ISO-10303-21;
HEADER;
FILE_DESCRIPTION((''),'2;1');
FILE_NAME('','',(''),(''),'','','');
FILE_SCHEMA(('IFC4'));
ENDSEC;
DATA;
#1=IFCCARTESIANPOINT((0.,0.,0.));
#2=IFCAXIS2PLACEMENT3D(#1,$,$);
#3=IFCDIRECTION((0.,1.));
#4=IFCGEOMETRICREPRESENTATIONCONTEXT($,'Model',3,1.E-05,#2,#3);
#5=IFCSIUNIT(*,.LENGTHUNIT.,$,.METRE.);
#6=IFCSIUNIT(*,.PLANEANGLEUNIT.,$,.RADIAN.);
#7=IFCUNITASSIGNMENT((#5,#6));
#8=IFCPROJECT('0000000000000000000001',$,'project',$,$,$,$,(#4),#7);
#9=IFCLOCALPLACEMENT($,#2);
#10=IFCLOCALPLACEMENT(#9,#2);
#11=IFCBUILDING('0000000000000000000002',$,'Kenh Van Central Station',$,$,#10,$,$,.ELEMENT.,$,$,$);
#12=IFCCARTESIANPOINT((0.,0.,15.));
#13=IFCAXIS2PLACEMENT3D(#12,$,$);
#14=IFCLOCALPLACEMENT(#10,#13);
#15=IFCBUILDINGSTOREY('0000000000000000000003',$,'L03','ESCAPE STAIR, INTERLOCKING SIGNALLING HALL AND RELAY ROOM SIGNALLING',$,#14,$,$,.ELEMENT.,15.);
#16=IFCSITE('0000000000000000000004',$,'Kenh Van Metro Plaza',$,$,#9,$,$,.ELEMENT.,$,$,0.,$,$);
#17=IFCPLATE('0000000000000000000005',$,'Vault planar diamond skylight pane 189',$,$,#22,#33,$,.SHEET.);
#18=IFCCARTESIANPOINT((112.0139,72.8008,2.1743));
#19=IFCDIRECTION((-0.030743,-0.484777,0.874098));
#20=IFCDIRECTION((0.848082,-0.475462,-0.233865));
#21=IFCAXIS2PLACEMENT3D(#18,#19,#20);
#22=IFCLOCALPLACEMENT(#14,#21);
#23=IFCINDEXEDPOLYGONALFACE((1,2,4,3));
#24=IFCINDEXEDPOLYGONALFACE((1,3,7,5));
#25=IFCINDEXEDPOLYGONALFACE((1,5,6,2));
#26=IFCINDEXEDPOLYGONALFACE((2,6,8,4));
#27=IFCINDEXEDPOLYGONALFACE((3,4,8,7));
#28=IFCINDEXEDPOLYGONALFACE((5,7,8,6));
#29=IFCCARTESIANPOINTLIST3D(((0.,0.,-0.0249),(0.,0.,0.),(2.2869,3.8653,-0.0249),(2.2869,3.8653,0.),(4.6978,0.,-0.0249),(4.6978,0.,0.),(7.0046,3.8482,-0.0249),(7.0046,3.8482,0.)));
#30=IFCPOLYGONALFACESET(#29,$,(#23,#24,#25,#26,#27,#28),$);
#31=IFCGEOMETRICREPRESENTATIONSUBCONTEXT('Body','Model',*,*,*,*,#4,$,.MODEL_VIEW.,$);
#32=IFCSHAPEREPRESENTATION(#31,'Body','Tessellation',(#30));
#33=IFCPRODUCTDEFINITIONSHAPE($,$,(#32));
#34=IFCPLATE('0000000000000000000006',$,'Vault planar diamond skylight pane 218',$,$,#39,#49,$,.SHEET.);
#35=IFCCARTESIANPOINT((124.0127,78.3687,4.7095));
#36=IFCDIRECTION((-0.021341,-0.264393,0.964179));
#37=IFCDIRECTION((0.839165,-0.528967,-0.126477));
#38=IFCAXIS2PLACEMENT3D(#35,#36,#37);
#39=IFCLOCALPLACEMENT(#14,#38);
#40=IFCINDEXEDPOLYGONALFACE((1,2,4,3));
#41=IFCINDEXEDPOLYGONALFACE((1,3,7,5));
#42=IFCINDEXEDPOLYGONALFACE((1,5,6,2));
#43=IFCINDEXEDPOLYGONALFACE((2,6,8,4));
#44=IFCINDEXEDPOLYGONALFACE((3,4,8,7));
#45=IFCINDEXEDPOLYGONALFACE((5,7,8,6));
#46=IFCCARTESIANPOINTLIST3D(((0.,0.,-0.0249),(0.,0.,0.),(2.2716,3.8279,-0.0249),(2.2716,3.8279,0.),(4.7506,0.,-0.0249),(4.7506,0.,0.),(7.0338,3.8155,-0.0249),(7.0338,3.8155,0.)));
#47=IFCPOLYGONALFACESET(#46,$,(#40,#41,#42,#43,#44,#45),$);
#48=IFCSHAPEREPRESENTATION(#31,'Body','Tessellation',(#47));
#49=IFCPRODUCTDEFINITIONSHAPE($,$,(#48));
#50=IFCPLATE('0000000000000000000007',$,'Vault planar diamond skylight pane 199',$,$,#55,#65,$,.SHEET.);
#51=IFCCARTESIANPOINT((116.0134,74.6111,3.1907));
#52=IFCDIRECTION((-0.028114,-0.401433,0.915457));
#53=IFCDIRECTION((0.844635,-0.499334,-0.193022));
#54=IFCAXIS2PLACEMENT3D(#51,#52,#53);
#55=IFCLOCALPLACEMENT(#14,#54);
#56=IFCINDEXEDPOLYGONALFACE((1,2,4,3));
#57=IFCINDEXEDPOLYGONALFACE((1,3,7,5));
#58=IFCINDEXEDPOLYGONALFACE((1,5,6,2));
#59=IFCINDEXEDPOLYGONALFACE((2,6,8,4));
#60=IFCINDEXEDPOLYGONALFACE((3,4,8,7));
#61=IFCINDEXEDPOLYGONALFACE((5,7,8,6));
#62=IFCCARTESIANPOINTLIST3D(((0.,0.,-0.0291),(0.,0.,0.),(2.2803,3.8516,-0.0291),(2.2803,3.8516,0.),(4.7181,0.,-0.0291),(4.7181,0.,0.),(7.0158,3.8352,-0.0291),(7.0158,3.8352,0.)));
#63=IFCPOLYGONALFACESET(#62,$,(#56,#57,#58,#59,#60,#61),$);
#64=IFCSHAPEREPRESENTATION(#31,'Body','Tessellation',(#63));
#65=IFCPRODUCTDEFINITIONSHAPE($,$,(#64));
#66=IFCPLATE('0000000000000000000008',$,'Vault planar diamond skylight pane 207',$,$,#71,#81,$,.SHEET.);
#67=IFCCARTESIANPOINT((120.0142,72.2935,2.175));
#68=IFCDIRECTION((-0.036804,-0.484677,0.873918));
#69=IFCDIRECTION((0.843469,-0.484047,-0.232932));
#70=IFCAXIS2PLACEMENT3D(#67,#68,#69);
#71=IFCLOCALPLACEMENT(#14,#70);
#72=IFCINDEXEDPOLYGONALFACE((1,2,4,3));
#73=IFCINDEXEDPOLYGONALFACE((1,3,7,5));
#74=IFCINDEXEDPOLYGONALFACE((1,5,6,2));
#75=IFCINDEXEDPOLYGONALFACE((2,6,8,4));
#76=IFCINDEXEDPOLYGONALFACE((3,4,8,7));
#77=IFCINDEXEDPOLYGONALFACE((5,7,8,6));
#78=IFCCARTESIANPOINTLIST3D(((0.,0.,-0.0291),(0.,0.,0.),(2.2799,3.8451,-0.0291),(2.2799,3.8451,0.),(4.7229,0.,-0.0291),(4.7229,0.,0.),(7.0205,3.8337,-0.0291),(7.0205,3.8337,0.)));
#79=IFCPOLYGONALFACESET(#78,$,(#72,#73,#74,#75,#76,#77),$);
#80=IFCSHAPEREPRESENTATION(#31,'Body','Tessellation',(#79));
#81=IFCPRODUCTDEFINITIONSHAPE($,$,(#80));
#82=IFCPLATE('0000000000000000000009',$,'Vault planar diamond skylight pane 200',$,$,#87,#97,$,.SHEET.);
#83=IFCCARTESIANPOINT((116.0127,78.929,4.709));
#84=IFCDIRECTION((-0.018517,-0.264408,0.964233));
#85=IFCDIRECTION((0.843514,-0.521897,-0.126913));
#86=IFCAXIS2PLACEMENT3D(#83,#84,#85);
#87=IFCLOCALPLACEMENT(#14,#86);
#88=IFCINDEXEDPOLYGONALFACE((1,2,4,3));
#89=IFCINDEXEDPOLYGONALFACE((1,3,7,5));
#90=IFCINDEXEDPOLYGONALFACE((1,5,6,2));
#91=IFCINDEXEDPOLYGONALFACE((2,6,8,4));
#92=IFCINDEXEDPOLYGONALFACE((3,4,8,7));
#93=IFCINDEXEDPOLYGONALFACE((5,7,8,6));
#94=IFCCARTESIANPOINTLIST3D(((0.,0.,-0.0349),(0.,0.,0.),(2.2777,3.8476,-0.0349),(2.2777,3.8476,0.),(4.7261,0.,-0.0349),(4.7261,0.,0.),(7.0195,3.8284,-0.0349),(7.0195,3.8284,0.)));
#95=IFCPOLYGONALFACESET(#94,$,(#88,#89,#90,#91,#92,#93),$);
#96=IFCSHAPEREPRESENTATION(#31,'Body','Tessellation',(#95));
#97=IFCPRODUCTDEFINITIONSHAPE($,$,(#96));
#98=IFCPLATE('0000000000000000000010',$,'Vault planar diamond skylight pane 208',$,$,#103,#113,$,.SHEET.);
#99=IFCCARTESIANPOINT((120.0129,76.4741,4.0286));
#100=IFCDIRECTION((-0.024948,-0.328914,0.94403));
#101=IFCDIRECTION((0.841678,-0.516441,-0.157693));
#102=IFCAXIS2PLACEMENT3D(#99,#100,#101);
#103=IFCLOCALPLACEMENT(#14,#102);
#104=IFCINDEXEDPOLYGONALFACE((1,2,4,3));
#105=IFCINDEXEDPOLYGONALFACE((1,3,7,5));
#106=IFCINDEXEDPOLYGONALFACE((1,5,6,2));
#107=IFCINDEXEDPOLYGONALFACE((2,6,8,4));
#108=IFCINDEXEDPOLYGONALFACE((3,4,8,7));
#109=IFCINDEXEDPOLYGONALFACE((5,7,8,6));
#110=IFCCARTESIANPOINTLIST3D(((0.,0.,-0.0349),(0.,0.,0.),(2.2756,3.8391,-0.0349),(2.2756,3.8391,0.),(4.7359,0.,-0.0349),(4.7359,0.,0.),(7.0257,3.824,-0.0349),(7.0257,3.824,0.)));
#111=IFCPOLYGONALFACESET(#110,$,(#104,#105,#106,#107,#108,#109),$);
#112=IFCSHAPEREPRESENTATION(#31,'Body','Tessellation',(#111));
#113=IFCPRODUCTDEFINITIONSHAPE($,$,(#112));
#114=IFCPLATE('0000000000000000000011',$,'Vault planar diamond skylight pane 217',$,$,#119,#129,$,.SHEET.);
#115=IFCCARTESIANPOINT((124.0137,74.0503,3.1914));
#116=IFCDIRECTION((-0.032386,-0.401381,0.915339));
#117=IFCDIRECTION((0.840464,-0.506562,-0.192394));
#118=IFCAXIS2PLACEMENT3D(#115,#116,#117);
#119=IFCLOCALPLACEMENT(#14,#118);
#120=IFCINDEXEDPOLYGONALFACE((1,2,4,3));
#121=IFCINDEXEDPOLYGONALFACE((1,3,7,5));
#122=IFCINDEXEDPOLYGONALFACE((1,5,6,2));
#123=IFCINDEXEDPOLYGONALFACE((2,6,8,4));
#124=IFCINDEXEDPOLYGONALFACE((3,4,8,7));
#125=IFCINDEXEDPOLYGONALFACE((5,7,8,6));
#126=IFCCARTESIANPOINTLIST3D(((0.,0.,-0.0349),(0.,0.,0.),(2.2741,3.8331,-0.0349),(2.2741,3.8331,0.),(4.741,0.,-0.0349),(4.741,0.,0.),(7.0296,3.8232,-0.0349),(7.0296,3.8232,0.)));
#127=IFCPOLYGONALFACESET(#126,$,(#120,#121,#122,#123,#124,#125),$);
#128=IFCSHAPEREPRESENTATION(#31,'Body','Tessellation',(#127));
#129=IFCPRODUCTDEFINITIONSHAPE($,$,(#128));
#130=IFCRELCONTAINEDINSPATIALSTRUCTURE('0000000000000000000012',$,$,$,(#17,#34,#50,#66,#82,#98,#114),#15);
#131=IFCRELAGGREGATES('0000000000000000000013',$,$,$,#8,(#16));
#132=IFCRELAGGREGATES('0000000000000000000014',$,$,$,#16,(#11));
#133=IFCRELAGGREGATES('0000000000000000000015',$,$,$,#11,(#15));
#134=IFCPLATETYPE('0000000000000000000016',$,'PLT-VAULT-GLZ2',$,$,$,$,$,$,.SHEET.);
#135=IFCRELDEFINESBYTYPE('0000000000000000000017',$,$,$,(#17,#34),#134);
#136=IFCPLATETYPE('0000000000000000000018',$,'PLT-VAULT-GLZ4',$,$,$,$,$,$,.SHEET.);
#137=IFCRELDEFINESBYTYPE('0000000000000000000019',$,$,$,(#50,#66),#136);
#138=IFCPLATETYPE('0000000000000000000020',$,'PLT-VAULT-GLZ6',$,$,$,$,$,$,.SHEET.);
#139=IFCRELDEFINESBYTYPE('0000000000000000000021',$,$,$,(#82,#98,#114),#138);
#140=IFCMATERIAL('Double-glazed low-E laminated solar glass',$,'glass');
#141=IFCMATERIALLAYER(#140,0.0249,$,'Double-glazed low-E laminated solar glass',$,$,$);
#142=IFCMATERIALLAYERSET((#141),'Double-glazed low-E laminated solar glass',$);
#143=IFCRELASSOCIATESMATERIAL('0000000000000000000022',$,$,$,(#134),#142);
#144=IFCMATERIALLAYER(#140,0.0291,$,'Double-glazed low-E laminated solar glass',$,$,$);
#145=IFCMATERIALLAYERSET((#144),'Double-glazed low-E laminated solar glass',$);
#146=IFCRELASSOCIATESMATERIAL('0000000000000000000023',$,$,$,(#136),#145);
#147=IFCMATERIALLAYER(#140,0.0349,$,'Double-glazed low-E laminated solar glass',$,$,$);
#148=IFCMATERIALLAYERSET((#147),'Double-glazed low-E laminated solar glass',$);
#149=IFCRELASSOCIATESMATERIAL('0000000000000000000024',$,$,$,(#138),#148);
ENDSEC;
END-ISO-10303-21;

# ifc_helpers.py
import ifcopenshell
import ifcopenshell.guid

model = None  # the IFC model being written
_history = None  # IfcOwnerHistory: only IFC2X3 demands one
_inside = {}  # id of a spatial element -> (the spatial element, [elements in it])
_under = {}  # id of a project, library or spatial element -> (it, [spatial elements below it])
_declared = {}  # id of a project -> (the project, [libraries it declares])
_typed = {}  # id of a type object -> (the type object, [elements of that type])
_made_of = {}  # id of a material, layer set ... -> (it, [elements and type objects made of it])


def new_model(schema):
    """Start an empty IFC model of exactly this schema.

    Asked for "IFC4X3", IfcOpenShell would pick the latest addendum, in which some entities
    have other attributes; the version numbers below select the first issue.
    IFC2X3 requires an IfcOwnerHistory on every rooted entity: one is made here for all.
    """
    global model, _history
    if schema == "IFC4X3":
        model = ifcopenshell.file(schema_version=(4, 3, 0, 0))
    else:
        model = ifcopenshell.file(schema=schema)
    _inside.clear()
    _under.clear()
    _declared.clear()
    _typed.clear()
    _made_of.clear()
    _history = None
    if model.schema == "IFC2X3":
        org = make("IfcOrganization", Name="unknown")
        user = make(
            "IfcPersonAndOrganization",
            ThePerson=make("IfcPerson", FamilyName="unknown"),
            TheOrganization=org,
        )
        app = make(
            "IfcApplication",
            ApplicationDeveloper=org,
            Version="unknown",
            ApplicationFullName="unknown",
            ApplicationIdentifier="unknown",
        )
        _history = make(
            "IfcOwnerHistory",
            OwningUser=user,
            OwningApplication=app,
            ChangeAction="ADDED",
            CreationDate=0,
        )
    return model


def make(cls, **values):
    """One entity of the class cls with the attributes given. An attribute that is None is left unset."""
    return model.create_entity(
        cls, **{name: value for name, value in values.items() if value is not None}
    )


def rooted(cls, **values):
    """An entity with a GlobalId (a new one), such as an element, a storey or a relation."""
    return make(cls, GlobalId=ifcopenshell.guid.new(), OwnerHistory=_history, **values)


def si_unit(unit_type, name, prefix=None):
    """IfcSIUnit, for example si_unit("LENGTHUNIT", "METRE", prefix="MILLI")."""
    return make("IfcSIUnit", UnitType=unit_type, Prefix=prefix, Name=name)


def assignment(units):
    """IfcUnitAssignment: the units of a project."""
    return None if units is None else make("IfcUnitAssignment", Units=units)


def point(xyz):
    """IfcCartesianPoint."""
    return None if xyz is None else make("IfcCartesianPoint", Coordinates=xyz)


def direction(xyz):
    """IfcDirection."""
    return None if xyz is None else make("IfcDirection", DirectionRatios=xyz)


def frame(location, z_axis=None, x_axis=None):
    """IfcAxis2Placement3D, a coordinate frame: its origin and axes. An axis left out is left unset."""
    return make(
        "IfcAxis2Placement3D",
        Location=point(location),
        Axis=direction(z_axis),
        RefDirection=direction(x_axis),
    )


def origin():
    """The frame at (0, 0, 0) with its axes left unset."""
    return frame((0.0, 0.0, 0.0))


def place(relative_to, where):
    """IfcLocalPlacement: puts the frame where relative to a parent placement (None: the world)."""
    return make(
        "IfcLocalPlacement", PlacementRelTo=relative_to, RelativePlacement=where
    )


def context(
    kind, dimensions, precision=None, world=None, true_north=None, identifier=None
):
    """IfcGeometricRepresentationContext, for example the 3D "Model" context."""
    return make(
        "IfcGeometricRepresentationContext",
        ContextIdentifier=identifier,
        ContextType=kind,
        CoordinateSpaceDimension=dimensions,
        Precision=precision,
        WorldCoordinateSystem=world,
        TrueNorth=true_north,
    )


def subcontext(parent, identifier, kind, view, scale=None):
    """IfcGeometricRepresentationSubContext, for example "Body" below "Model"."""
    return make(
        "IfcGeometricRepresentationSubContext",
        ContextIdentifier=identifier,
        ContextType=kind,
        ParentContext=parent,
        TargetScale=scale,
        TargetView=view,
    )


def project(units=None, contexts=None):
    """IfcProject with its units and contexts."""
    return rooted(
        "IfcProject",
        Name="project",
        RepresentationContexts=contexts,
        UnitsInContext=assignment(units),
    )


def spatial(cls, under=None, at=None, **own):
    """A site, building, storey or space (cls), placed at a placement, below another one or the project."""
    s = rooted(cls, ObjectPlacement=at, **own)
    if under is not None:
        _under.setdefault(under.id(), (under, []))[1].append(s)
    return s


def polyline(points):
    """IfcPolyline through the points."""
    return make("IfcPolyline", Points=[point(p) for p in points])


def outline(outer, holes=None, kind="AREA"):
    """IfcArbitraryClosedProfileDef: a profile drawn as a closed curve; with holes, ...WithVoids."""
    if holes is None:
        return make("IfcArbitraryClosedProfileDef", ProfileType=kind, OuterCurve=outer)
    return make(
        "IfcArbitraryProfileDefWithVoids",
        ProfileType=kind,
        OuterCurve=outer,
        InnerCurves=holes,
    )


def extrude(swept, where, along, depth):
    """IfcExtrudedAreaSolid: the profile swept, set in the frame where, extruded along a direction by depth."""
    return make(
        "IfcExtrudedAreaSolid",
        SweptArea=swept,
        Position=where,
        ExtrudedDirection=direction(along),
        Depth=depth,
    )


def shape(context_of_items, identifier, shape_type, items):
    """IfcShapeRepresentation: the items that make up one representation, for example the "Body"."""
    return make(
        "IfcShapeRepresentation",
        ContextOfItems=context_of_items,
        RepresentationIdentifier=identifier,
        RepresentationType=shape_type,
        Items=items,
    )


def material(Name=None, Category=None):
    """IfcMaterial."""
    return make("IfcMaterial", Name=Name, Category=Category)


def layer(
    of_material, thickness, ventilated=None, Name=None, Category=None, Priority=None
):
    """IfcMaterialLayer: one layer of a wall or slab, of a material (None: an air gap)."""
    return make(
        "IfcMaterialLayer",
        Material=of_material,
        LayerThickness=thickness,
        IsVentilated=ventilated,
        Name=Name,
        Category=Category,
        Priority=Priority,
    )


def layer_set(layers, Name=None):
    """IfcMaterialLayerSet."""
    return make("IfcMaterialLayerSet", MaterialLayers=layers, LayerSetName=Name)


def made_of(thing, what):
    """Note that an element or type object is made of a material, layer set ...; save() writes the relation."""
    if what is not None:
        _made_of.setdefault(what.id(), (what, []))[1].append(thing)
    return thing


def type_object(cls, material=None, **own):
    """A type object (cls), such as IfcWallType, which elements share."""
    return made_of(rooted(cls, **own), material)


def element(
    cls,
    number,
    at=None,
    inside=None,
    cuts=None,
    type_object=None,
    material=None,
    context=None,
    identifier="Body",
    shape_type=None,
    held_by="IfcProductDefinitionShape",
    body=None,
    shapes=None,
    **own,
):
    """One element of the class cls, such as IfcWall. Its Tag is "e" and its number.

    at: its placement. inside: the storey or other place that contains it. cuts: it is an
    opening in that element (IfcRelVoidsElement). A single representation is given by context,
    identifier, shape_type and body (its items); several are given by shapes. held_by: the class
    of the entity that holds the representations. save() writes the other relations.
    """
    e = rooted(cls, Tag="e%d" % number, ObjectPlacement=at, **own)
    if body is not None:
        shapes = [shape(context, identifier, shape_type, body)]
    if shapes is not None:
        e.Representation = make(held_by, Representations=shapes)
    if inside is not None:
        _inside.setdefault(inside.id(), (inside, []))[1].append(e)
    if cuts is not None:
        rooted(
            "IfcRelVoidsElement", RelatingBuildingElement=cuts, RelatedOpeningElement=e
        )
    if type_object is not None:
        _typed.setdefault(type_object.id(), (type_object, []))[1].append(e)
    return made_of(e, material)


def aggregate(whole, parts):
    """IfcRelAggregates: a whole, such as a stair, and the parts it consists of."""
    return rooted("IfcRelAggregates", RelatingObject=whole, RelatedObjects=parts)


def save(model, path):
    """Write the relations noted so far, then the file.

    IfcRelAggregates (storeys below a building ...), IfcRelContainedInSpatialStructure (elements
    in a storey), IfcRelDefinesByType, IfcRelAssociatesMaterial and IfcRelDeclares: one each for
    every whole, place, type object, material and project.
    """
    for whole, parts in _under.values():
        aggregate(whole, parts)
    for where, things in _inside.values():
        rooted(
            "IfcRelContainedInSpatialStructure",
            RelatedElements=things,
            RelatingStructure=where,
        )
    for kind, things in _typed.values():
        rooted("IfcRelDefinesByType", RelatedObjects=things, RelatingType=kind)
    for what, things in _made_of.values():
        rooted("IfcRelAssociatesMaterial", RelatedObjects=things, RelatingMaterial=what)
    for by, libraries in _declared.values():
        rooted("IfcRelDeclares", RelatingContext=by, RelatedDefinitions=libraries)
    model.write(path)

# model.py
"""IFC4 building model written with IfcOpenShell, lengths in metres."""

from ifc_helpers import new_model, si_unit, direction, frame, origin, place, context, subcontext, project, spatial, polyline, outline, extrude, material, layer, layer_set, type_object, element, save


model = new_model("IFC4")

# Units and contexts
model_context = context("Model", 3, precision=1e-05, world=origin(), true_north=direction((0.0, 1.0)))
body_context = subcontext(model_context, "Body", "Model", "MODEL_VIEW")
ifc_project = project(units=[si_unit("LENGTHUNIT", "METRE"), si_unit("PLANEANGLEUNIT", "RADIAN")], contexts=[model_context])

# Site, building, storey
site_placement = place(None, origin())
site = spatial("IfcSite", under=ifc_project, at=site_placement, Name="Kenh Van Metro Plaza", CompositionType="ELEMENT", RefElevation=0.0)
building_placement = place(site_placement, origin())
building = spatial("IfcBuilding", under=site, at=building_placement, Name="Kenh Van Central Station", CompositionType="ELEMENT")
storey_placement = place(building_placement, frame((0.0, 0.0, 15.0)))
storey = spatial("IfcBuildingStorey", under=building, at=storey_placement, Name="L03", Description="ESCAPE STAIR, INTERLOCKING SIGNALLING HALL AND RELAY ROOM SIGNALLING", CompositionType="ELEMENT", Elevation=15.0)

# Plates
ifc_material_1 = material(Name="Double-glazed low-E laminated solar glass", Category="glass")
ifc_layer_1 = layer(ifc_material_1, 0.0249, Name="Double-glazed low-E laminated solar glass")
ifc_layer_set_1 = layer_set([ifc_layer_1], Name="Double-glazed low-E laminated solar glass")
plate_type_1 = type_object("IfcPlateType", Name="PLT-VAULT-GLZ2", PredefinedType="SHEET", material=ifc_layer_set_1)
plate_1_placement = place(storey_placement, frame((112.0139, 72.8008, 2.1743), z_axis=(-0.030743, -0.484777, 0.874098), x_axis=(0.848082, -0.475462, -0.233865)))
element("IfcPlate", 1, at=plate_1_placement, inside=storey, type_object=plate_type_1, Name="Vault planar diamond skylight pane 189", PredefinedType="SHEET", context=body_context, shape_type="SweptSolid", body=[
    extrude(outline(polyline([(0.0, 0.0), (4.6978, 0.0), (7.0046, 3.8482), (2.2869, 3.8653), (0.0, 0.0)])), origin(), (0.0, 0.0, -1.0), 0.0249),
])
plate_2_placement = place(storey_placement, frame((124.0127, 78.3687, 4.7095), z_axis=(-0.021341, -0.264393, 0.964179), x_axis=(0.839165, -0.528967, -0.126477)))
element("IfcPlate", 2, at=plate_2_placement, inside=storey, type_object=plate_type_1, Name="Vault planar diamond skylight pane 218", PredefinedType="SHEET", context=body_context, shape_type="SweptSolid", body=[
    extrude(outline(polyline([(0.0, 0.0), (4.7506, 0.0), (7.0338, 3.8155), (2.2716, 3.8279), (0.0, 0.0)])), origin(), (0.0, 0.0, -1.0), 0.0249),
])
ifc_layer_2 = layer(ifc_material_1, 0.0291, Name="Double-glazed low-E laminated solar glass")
ifc_layer_set_2 = layer_set([ifc_layer_2], Name="Double-glazed low-E laminated solar glass")
plate_type_2 = type_object("IfcPlateType", Name="PLT-VAULT-GLZ4", PredefinedType="SHEET", material=ifc_layer_set_2)
plate_3_placement = place(storey_placement, frame((116.0134, 74.6111, 3.1907), z_axis=(-0.028114, -0.401433, 0.915457), x_axis=(0.844635, -0.499334, -0.193022)))
element("IfcPlate", 3, at=plate_3_placement, inside=storey, type_object=plate_type_2, Name="Vault planar diamond skylight pane 199", PredefinedType="SHEET", context=body_context, shape_type="SweptSolid", body=[
    extrude(outline(polyline([(0.0, 0.0), (4.7181, 0.0), (7.0158, 3.8352), (2.2803, 3.8516), (0.0, 0.0)])), origin(), (0.0, 0.0, -1.0), 0.0291),
])
plate_4_placement = place(storey_placement, frame((120.0142, 72.2935, 2.175), z_axis=(-0.036804, -0.484677, 0.873918), x_axis=(0.843469, -0.484047, -0.232932)))
element("IfcPlate", 4, at=plate_4_placement, inside=storey, type_object=plate_type_2, Name="Vault planar diamond skylight pane 207", PredefinedType="SHEET", context=body_context, shape_type="SweptSolid", body=[
    extrude(outline(polyline([(0.0, 0.0), (4.7229, 0.0), (7.0205, 3.8337), (2.2799, 3.8451), (0.0, 0.0)])), origin(), (0.0, 0.0, -1.0), 0.0291),
])
ifc_layer_3 = layer(ifc_material_1, 0.0349, Name="Double-glazed low-E laminated solar glass")
ifc_layer_set_3 = layer_set([ifc_layer_3], Name="Double-glazed low-E laminated solar glass")
plate_type_3 = type_object("IfcPlateType", Name="PLT-VAULT-GLZ6", PredefinedType="SHEET", material=ifc_layer_set_3)
plate_5_placement = place(storey_placement, frame((116.0127, 78.929, 4.709), z_axis=(-0.018517, -0.264408, 0.964233), x_axis=(0.843514, -0.521897, -0.126913)))
element("IfcPlate", 5, at=plate_5_placement, inside=storey, type_object=plate_type_3, Name="Vault planar diamond skylight pane 200", PredefinedType="SHEET", context=body_context, shape_type="SweptSolid", body=[
    extrude(outline(polyline([(0.0, 0.0), (4.7261, 0.0), (7.0195, 3.8284), (2.2777, 3.8476), (0.0, 0.0)])), origin(), (0.0, 0.0, -1.0), 0.0349),
])
plate_6_placement = place(storey_placement, frame((120.0129, 76.4741, 4.0286), z_axis=(-0.024948, -0.328914, 0.94403), x_axis=(0.841678, -0.516441, -0.157693)))
element("IfcPlate", 6, at=plate_6_placement, inside=storey, type_object=plate_type_3, Name="Vault planar diamond skylight pane 208", PredefinedType="SHEET", context=body_context, shape_type="SweptSolid", body=[
    extrude(outline(polyline([(0.0, 0.0), (4.7359, 0.0), (7.0257, 3.824), (2.2756, 3.8391), (0.0, 0.0)])), origin(), (0.0, 0.0, -1.0), 0.0349),
])
plate_7_placement = place(storey_placement, frame((124.0137, 74.0503, 3.1914), z_axis=(-0.032386, -0.401381, 0.915339), x_axis=(0.840464, -0.506562, -0.192394)))
element("IfcPlate", 7, at=plate_7_placement, inside=storey, type_object=plate_type_3, Name="Vault planar diamond skylight pane 217", PredefinedType="SHEET", context=body_context, shape_type="SweptSolid", body=[
    extrude(outline(polyline([(0.0, 0.0), (4.741, 0.0), (7.0296, 3.8232), (2.2741, 3.8331), (0.0, 0.0)])), origin(), (0.0, 0.0, -1.0), 0.0349),
])

save(model, "model.ifc")
